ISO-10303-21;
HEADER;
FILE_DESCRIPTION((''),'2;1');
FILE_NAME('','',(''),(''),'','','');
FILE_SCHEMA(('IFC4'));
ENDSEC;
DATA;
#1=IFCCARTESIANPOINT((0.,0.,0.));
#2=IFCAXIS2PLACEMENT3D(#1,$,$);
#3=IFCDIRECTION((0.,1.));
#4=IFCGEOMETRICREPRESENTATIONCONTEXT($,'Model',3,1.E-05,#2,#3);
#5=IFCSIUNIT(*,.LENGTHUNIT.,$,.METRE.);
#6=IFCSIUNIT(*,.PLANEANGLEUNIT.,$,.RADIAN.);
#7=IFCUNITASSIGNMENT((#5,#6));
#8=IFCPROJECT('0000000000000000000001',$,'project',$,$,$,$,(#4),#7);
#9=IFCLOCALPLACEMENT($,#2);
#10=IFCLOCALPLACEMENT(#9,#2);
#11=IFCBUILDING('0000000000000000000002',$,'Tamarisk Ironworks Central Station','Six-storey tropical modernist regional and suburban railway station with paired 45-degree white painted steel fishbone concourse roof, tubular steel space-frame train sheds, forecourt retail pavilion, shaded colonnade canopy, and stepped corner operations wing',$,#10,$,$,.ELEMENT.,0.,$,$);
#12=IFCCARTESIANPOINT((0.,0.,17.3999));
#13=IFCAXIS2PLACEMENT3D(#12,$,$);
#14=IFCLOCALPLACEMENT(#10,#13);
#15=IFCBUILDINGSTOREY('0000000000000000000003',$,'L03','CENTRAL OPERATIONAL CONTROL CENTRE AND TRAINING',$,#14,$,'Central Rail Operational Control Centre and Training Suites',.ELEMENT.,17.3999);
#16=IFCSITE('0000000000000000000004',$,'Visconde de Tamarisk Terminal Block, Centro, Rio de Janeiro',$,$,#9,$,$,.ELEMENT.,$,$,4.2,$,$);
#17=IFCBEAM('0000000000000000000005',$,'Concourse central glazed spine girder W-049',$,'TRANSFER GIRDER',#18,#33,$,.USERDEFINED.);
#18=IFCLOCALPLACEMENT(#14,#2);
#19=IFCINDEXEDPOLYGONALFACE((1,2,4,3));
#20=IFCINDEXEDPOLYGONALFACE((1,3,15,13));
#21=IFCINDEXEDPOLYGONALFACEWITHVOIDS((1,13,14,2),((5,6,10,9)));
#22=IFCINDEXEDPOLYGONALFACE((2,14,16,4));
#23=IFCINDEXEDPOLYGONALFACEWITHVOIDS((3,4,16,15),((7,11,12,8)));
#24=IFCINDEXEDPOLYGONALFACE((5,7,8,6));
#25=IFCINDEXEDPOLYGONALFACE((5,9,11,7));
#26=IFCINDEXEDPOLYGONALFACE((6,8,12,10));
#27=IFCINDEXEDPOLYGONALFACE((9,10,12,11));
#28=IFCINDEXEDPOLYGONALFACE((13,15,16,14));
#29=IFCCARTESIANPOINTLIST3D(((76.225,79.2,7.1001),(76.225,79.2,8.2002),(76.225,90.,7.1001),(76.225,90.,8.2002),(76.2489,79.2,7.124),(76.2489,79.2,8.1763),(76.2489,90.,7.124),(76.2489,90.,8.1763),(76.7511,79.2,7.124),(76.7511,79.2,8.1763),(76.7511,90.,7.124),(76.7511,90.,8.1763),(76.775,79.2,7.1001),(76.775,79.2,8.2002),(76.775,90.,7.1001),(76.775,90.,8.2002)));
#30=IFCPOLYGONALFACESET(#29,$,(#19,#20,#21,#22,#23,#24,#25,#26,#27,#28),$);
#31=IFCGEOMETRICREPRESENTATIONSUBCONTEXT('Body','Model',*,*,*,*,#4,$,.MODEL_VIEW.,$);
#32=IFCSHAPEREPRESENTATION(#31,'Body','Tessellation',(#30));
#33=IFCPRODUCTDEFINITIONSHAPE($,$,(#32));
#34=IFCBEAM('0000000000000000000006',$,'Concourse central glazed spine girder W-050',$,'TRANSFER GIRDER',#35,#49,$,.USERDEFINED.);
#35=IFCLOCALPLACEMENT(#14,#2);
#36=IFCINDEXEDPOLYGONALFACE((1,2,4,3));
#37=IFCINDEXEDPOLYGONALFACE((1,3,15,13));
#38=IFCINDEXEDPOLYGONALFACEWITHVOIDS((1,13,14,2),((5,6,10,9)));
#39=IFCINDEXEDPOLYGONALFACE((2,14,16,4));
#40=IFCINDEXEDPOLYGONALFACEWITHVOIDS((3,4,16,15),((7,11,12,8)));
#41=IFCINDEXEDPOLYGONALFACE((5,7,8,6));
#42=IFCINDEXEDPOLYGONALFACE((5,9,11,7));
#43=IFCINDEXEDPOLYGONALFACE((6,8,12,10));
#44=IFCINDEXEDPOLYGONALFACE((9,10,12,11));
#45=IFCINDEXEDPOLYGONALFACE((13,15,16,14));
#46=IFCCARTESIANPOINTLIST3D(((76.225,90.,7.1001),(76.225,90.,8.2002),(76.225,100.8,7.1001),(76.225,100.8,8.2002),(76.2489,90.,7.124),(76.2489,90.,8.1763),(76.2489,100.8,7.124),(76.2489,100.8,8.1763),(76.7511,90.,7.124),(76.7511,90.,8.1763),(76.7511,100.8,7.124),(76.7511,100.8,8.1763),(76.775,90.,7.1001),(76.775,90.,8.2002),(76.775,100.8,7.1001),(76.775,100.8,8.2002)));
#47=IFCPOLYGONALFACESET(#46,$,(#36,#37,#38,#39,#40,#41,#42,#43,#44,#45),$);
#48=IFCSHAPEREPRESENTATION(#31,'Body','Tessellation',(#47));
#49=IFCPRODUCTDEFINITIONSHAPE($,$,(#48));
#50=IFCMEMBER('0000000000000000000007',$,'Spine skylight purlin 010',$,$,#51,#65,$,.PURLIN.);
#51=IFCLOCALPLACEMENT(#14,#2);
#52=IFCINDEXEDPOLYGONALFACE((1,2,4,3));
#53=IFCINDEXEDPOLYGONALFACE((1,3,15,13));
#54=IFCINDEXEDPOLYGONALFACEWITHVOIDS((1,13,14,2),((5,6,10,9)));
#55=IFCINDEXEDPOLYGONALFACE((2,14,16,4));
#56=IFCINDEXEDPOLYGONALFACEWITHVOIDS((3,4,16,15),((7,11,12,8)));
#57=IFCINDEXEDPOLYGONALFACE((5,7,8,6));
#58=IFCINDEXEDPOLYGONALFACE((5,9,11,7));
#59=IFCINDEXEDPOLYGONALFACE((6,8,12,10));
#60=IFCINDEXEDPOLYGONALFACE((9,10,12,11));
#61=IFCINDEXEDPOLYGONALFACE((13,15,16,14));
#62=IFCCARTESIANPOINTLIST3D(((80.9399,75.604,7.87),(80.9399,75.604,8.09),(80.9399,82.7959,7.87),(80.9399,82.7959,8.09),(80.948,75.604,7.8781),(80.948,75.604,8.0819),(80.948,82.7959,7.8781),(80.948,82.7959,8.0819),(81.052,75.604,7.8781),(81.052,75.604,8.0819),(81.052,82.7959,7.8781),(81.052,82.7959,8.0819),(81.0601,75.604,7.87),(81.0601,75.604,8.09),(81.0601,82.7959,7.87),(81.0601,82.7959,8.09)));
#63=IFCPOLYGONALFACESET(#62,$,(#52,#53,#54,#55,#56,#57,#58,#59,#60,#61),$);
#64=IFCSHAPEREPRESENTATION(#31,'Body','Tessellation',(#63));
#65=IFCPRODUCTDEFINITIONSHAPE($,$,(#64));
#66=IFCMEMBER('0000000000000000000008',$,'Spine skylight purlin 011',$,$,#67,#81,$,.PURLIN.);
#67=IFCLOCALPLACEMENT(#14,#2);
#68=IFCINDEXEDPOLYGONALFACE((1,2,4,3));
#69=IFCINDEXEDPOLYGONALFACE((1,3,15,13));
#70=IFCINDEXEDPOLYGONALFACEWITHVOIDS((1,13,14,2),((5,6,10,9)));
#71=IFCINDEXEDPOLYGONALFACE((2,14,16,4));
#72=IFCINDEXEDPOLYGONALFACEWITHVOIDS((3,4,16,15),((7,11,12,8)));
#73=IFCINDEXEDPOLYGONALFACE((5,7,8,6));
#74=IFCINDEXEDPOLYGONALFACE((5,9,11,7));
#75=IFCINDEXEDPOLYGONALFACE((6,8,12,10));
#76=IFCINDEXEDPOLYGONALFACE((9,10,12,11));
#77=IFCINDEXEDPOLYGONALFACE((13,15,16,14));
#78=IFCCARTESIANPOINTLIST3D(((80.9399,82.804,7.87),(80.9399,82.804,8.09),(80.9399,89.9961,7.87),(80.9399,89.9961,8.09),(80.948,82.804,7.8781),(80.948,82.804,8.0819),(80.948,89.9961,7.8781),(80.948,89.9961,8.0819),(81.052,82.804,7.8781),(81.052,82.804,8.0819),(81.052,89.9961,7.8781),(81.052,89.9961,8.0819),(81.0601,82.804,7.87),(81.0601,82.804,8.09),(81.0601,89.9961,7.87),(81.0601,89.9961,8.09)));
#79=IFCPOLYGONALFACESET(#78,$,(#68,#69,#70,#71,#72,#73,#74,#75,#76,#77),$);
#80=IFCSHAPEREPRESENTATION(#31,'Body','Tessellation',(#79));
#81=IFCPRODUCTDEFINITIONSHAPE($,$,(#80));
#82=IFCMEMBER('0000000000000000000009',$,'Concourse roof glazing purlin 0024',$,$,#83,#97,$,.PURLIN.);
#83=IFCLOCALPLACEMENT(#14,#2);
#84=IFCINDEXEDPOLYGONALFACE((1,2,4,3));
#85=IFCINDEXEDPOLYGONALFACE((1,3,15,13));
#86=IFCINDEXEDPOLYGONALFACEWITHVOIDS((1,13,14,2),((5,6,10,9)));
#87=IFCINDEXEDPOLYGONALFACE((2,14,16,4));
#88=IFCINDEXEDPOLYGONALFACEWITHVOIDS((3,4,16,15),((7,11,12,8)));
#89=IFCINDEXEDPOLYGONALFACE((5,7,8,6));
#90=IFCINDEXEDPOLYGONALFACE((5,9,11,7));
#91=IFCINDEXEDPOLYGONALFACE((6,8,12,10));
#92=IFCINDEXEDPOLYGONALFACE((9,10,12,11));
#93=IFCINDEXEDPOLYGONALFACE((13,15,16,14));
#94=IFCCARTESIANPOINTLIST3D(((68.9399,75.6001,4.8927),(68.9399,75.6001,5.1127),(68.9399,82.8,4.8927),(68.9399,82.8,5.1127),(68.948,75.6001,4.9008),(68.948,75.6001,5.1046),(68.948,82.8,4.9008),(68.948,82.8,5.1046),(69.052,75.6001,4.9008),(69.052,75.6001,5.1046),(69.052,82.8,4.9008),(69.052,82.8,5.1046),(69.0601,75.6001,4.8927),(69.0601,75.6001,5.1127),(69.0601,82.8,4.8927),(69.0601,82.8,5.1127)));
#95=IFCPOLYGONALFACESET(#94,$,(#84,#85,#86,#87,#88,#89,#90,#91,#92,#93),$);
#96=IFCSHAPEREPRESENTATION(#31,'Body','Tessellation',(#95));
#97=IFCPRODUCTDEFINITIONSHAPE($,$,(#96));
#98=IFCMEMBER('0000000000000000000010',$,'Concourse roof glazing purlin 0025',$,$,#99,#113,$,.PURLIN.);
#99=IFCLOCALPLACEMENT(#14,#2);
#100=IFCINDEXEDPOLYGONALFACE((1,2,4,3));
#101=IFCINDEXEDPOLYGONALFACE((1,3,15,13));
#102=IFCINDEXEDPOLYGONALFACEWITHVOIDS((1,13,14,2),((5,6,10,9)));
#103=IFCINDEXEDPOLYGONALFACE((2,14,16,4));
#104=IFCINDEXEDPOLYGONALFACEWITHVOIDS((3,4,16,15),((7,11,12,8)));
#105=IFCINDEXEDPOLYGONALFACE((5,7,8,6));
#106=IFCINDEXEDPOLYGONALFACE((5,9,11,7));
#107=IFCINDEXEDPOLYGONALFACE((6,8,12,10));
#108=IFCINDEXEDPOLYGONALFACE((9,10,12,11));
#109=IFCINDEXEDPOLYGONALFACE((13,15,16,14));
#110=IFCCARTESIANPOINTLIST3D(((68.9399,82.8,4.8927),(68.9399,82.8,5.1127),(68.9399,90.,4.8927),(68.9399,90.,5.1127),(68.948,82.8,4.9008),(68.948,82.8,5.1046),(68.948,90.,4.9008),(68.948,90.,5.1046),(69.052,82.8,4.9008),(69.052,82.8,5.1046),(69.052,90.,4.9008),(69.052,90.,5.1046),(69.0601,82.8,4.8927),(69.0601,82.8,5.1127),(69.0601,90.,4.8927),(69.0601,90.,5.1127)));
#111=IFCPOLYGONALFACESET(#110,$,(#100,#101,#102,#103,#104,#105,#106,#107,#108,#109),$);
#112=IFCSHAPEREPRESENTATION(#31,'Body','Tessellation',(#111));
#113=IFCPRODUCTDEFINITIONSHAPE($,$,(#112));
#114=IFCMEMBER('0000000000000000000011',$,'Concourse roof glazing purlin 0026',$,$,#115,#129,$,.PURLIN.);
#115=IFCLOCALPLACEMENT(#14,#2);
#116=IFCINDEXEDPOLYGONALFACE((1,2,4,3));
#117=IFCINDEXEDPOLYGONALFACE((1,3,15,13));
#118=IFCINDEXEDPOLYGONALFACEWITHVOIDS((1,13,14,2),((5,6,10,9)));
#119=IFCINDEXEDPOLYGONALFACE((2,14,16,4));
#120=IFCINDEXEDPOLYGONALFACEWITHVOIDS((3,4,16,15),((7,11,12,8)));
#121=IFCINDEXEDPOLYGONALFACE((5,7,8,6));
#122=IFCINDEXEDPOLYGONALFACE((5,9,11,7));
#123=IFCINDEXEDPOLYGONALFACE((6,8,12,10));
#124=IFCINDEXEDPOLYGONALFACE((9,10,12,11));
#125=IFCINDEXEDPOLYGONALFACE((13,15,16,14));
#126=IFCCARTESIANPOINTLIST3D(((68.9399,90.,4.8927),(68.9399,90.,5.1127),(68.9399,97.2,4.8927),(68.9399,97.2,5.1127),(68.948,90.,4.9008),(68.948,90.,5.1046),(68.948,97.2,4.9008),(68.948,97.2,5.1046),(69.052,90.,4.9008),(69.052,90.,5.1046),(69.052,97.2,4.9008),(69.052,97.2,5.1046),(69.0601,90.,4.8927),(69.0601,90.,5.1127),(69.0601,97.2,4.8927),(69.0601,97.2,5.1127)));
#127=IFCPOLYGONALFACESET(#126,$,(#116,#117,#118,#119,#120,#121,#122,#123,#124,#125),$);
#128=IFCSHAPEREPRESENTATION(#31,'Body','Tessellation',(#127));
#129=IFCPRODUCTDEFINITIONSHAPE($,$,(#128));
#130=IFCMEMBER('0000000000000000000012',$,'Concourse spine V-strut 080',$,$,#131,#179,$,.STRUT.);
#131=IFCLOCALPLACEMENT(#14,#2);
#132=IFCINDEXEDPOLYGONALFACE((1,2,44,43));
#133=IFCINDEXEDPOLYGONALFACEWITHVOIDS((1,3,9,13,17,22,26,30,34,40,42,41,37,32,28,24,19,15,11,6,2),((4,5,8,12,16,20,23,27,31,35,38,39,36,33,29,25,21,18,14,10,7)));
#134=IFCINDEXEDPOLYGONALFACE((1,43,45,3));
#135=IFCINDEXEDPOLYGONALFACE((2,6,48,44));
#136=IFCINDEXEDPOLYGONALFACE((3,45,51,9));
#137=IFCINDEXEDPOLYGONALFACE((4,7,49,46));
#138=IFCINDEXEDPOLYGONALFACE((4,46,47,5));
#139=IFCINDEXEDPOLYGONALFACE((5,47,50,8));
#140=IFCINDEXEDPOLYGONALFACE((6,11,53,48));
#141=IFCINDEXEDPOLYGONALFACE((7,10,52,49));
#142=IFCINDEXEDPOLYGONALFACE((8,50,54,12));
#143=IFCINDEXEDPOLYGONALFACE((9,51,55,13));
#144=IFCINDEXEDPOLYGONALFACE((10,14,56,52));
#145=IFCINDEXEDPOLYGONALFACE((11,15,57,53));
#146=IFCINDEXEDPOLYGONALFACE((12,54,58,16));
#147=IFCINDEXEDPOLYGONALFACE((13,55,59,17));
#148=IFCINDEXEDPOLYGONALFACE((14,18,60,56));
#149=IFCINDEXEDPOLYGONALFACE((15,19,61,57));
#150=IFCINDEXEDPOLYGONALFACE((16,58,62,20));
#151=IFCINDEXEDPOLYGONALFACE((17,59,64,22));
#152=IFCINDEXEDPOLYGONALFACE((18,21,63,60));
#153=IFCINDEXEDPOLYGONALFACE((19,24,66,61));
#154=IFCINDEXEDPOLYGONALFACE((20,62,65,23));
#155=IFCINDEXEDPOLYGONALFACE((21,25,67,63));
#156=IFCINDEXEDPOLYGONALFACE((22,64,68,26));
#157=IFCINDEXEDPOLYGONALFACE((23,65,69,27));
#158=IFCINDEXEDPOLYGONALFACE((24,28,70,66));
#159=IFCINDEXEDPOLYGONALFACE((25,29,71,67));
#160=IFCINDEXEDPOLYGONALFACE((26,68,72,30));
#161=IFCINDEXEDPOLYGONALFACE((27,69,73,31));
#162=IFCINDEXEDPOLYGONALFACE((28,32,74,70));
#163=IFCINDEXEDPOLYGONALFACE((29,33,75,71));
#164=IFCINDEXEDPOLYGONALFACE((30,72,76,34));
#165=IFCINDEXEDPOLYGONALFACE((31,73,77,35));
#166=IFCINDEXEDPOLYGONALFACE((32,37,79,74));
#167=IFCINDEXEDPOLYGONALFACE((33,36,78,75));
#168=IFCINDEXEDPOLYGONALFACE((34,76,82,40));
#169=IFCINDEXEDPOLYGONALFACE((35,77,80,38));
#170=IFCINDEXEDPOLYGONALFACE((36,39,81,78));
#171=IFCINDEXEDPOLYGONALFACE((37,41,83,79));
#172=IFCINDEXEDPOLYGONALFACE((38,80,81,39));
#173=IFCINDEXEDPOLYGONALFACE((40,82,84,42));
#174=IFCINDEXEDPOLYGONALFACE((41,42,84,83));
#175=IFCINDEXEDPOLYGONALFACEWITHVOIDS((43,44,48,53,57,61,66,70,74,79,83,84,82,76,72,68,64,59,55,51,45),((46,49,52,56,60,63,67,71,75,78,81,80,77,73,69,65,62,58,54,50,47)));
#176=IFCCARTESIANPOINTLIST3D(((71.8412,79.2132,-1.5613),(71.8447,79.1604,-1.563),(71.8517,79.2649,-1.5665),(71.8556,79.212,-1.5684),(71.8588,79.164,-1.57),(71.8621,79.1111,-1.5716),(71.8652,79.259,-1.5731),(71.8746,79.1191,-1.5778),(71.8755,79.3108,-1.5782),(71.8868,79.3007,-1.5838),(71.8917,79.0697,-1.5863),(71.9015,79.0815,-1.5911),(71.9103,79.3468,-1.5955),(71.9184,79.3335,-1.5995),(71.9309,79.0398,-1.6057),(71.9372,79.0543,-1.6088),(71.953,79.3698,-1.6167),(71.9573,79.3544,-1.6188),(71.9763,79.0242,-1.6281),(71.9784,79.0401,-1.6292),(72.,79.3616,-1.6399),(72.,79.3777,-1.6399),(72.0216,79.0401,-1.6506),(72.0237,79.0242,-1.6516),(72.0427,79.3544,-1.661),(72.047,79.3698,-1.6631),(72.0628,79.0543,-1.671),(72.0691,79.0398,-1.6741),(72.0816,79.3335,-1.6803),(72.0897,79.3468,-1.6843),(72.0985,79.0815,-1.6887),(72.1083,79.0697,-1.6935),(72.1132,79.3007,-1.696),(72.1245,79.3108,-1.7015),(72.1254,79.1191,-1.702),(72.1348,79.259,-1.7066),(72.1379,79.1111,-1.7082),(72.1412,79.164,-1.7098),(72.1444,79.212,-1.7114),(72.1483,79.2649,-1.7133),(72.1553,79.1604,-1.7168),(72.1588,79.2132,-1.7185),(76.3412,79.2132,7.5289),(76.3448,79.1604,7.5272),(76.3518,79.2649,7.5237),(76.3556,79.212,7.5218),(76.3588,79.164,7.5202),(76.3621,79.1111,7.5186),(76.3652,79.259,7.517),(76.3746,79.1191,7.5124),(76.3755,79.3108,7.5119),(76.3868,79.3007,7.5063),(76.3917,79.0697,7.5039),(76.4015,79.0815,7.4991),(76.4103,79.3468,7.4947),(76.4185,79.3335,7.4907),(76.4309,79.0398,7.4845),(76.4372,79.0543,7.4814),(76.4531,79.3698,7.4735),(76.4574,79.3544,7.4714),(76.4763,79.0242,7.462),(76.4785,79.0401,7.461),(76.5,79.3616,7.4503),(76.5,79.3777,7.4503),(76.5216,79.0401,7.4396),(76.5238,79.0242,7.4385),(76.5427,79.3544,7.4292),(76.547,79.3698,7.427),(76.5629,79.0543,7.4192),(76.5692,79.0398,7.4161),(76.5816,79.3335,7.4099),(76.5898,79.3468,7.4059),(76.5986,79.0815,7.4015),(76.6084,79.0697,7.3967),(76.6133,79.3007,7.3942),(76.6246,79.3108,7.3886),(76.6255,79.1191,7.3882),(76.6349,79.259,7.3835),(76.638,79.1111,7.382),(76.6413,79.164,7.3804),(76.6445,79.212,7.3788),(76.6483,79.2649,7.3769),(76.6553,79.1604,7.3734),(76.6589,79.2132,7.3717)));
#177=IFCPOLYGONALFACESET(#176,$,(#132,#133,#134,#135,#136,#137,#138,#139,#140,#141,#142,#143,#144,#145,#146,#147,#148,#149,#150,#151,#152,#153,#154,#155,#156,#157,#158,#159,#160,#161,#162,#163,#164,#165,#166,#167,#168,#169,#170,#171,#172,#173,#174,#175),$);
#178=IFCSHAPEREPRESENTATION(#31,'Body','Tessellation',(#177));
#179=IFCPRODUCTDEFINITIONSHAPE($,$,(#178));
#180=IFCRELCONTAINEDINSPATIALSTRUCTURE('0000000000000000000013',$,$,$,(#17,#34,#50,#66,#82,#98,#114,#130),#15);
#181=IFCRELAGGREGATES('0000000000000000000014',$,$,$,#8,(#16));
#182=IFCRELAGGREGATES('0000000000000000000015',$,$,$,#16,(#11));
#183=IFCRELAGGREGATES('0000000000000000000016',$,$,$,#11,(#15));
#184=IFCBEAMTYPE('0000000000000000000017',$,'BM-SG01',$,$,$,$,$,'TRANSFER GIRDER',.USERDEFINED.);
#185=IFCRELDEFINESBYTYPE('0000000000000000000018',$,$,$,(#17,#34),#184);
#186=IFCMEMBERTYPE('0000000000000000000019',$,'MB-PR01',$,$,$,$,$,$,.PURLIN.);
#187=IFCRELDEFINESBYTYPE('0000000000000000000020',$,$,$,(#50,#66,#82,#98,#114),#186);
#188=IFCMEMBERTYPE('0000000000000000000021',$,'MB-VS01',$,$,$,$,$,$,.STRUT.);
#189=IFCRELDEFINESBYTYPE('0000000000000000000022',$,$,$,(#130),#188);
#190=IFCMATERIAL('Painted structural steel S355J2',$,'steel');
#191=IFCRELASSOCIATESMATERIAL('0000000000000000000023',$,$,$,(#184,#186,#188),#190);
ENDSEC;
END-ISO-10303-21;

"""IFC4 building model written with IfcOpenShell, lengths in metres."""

from ifc_helpers import new_model, si_unit, direction, frame, origin, origin_2d, place, context, subcontext, project, spatial, hollow_rectangle, hollow_circle, extrude, material, material_profile, profile_set, type_object, element, save


model = new_model("IFC4")

# Units and contexts
model_context = context("Model", 3, precision=1e-05, world=origin(), true_north=direction((0.0, 1.0)))
body_context = subcontext(model_context, "Body", "Model", "MODEL_VIEW")
ifc_project = project(units=[si_unit("LENGTHUNIT", "METRE"), si_unit("PLANEANGLEUNIT", "RADIAN")], contexts=[model_context])

# Site, building, storey
site_placement = place(None, origin())
site = spatial("IfcSite", under=ifc_project, at=site_placement, Name="Visconde de Tamarisk Terminal Block, Centro, Rio de Janeiro", CompositionType="ELEMENT", RefElevation=4.2)
building_placement = place(site_placement, origin())
building = spatial("IfcBuilding", under=site, at=building_placement, Name="Tamarisk Ironworks Central Station", Description="Six-storey tropical modernist regional and suburban railway station with paired 45-degree white painted steel fishbone concourse roof, tubular steel space-frame train sheds, forecourt retail pavilion, shaded colonnade canopy, and stepped corner operations wing", CompositionType="ELEMENT", ElevationOfRefHeight=0.0)
storey_placement = place(building_placement, frame((0.0, 0.0, 17.3999)))
storey = spatial("IfcBuildingStorey", under=building, at=storey_placement, Name="L03", Description="CENTRAL OPERATIONAL CONTROL CENTRE AND TRAINING", LongName="Central Rail Operational Control Centre and Training Suites", CompositionType="ELEMENT", Elevation=17.3999)

# Beams
ifc_material_1 = material(Name="Painted structural steel S355J2", Category="steel")
ifc_material_profile_1 = material_profile(ifc_material_1, hollow_rectangle(XDim=0.55, YDim=1.1001, WallThickness=0.0239, at=origin_2d()), Name="BOX 550x1100x24")
ifc_profile_set_1 = profile_set([ifc_material_profile_1], Name="Painted structural steel S355J2")
beam_type_1 = type_object("IfcBeamType", Name="BM-SG01", ElementType="TRANSFER GIRDER", PredefinedType="USERDEFINED", material=ifc_profile_set_1)
for number, where, z_axis, x_axis, name in (
    (1, (76.5, 79.2, 7.6501), (0.0, 1.0, 0.0), (-1.0, 0.0, 0.0), "Concourse central glazed spine girder W-049"),
    (2, (76.5, 90.0, 7.6501), (0.0, 1.0, 0.0), (-1.0, 0.0, 0.0), "Concourse central glazed spine girder W-050"),
):
    element("IfcBeam", number, at=place(storey_placement, frame(where, z_axis=z_axis, x_axis=x_axis)), inside=storey, type_object=beam_type_1, Name=name, ObjectType="TRANSFER GIRDER", PredefinedType="USERDEFINED", context=body_context, shape_type="SweptSolid", body=[
        extrude(hollow_rectangle(XDim=0.55, YDim=1.1001, WallThickness=0.0239, at=origin_2d()), origin(), (0.0, 0.0, 1.0), 10.8),
    ])

# Members
ifc_material_profile_2 = material_profile(ifc_material_1, hollow_rectangle(XDim=0.1201, YDim=0.22, WallThickness=0.0081, at=origin_2d()), Name="RHS 220x120x8")
ifc_profile_set_2 = profile_set([ifc_material_profile_2], Name="Painted structural steel S355J2")
member_type_1 = type_object("IfcMemberType", Name="MB-PR01", PredefinedType="PURLIN", material=ifc_profile_set_2)
member_1_placement = place(storey_placement, frame((81.0, 75.604, 7.98), z_axis=(0.0, 1.0, 0.0), x_axis=(-1.0, 0.0, 0.0)))
element("IfcMember", 3, at=member_1_placement, inside=storey, type_object=member_type_1, Name="Spine skylight purlin 010", PredefinedType="PURLIN", context=body_context, shape_type="SweptSolid", body=[
    extrude(hollow_rectangle(XDim=0.1201, YDim=0.22, WallThickness=0.0081, at=origin_2d()), origin(), (0.0, 0.0, 1.0), 7.1919),
])
member_2_placement = place(storey_placement, frame((81.0, 82.804, 7.98), z_axis=(0.0, 1.0, 0.0), x_axis=(-1.0, 0.0, 0.0)))
element("IfcMember", 4, at=member_2_placement, inside=storey, type_object=member_type_1, Name="Spine skylight purlin 011", PredefinedType="PURLIN", context=body_context, shape_type="SweptSolid", body=[
    extrude(hollow_rectangle(XDim=0.1201, YDim=0.22, WallThickness=0.0081, at=origin_2d()), origin(), (0.0, 0.0, 1.0), 7.1921),
])
for number, where, z_axis, x_axis, name in (
    (5, (69.0, 75.6001, 5.0027), (0.0, 1.0, 0.0), (-1.0, 0.0, 0.0), "Concourse roof glazing purlin 0024"),
    (6, (69.0, 82.8, 5.0027), (0.0, 1.0, 0.0), (-1.0, 0.0, 0.0), "Concourse roof glazing purlin 0025"),
    (7, (69.0, 90.0, 5.0027), (0.0, 1.0, 0.0), (-1.0, 0.0, 0.0), "Concourse roof glazing purlin 0026"),
):
    element("IfcMember", number, at=place(storey_placement, frame(where, z_axis=z_axis, x_axis=x_axis)), inside=storey, type_object=member_type_1, Name=name, PredefinedType="PURLIN", context=body_context, shape_type="SweptSolid", body=[
        extrude(hollow_rectangle(XDim=0.1201, YDim=0.22, WallThickness=0.0081, at=origin_2d()), origin(), (0.0, 0.0, 1.0), 7.2),
    ])
ifc_material_profile_3 = material_profile(ifc_material_1, hollow_circle(Radius=0.1777, WallThickness=0.0161, at=origin_2d()), Name="CHS 355.6x16")
ifc_profile_set_3 = profile_set([ifc_material_profile_3], Name="Painted structural steel S355J2")
member_type_2 = type_object("IfcMemberType", Name="MB-VS01", PredefinedType="STRUT", material=ifc_profile_set_3)
for number, where, z_axis, x_axis, name in (
    (8, (72.0, 79.2, -1.6399), (0.443657, 0.0, 0.896196), (0.0, 1.0, 0.0), "Concourse spine V-strut 080"),
):
    element("IfcMember", number, at=place(storey_placement, frame(where, z_axis=z_axis, x_axis=x_axis)), inside=storey, type_object=member_type_2, Name=name, PredefinedType="STRUT", context=body_context, shape_type="SweptSolid", body=[
        extrude(hollow_circle(Radius=0.1777, WallThickness=0.0161, at=origin_2d()), origin(), (0.0, 0.0, 1.0), 10.1431),
    ])

save(model, "model.ifc")
